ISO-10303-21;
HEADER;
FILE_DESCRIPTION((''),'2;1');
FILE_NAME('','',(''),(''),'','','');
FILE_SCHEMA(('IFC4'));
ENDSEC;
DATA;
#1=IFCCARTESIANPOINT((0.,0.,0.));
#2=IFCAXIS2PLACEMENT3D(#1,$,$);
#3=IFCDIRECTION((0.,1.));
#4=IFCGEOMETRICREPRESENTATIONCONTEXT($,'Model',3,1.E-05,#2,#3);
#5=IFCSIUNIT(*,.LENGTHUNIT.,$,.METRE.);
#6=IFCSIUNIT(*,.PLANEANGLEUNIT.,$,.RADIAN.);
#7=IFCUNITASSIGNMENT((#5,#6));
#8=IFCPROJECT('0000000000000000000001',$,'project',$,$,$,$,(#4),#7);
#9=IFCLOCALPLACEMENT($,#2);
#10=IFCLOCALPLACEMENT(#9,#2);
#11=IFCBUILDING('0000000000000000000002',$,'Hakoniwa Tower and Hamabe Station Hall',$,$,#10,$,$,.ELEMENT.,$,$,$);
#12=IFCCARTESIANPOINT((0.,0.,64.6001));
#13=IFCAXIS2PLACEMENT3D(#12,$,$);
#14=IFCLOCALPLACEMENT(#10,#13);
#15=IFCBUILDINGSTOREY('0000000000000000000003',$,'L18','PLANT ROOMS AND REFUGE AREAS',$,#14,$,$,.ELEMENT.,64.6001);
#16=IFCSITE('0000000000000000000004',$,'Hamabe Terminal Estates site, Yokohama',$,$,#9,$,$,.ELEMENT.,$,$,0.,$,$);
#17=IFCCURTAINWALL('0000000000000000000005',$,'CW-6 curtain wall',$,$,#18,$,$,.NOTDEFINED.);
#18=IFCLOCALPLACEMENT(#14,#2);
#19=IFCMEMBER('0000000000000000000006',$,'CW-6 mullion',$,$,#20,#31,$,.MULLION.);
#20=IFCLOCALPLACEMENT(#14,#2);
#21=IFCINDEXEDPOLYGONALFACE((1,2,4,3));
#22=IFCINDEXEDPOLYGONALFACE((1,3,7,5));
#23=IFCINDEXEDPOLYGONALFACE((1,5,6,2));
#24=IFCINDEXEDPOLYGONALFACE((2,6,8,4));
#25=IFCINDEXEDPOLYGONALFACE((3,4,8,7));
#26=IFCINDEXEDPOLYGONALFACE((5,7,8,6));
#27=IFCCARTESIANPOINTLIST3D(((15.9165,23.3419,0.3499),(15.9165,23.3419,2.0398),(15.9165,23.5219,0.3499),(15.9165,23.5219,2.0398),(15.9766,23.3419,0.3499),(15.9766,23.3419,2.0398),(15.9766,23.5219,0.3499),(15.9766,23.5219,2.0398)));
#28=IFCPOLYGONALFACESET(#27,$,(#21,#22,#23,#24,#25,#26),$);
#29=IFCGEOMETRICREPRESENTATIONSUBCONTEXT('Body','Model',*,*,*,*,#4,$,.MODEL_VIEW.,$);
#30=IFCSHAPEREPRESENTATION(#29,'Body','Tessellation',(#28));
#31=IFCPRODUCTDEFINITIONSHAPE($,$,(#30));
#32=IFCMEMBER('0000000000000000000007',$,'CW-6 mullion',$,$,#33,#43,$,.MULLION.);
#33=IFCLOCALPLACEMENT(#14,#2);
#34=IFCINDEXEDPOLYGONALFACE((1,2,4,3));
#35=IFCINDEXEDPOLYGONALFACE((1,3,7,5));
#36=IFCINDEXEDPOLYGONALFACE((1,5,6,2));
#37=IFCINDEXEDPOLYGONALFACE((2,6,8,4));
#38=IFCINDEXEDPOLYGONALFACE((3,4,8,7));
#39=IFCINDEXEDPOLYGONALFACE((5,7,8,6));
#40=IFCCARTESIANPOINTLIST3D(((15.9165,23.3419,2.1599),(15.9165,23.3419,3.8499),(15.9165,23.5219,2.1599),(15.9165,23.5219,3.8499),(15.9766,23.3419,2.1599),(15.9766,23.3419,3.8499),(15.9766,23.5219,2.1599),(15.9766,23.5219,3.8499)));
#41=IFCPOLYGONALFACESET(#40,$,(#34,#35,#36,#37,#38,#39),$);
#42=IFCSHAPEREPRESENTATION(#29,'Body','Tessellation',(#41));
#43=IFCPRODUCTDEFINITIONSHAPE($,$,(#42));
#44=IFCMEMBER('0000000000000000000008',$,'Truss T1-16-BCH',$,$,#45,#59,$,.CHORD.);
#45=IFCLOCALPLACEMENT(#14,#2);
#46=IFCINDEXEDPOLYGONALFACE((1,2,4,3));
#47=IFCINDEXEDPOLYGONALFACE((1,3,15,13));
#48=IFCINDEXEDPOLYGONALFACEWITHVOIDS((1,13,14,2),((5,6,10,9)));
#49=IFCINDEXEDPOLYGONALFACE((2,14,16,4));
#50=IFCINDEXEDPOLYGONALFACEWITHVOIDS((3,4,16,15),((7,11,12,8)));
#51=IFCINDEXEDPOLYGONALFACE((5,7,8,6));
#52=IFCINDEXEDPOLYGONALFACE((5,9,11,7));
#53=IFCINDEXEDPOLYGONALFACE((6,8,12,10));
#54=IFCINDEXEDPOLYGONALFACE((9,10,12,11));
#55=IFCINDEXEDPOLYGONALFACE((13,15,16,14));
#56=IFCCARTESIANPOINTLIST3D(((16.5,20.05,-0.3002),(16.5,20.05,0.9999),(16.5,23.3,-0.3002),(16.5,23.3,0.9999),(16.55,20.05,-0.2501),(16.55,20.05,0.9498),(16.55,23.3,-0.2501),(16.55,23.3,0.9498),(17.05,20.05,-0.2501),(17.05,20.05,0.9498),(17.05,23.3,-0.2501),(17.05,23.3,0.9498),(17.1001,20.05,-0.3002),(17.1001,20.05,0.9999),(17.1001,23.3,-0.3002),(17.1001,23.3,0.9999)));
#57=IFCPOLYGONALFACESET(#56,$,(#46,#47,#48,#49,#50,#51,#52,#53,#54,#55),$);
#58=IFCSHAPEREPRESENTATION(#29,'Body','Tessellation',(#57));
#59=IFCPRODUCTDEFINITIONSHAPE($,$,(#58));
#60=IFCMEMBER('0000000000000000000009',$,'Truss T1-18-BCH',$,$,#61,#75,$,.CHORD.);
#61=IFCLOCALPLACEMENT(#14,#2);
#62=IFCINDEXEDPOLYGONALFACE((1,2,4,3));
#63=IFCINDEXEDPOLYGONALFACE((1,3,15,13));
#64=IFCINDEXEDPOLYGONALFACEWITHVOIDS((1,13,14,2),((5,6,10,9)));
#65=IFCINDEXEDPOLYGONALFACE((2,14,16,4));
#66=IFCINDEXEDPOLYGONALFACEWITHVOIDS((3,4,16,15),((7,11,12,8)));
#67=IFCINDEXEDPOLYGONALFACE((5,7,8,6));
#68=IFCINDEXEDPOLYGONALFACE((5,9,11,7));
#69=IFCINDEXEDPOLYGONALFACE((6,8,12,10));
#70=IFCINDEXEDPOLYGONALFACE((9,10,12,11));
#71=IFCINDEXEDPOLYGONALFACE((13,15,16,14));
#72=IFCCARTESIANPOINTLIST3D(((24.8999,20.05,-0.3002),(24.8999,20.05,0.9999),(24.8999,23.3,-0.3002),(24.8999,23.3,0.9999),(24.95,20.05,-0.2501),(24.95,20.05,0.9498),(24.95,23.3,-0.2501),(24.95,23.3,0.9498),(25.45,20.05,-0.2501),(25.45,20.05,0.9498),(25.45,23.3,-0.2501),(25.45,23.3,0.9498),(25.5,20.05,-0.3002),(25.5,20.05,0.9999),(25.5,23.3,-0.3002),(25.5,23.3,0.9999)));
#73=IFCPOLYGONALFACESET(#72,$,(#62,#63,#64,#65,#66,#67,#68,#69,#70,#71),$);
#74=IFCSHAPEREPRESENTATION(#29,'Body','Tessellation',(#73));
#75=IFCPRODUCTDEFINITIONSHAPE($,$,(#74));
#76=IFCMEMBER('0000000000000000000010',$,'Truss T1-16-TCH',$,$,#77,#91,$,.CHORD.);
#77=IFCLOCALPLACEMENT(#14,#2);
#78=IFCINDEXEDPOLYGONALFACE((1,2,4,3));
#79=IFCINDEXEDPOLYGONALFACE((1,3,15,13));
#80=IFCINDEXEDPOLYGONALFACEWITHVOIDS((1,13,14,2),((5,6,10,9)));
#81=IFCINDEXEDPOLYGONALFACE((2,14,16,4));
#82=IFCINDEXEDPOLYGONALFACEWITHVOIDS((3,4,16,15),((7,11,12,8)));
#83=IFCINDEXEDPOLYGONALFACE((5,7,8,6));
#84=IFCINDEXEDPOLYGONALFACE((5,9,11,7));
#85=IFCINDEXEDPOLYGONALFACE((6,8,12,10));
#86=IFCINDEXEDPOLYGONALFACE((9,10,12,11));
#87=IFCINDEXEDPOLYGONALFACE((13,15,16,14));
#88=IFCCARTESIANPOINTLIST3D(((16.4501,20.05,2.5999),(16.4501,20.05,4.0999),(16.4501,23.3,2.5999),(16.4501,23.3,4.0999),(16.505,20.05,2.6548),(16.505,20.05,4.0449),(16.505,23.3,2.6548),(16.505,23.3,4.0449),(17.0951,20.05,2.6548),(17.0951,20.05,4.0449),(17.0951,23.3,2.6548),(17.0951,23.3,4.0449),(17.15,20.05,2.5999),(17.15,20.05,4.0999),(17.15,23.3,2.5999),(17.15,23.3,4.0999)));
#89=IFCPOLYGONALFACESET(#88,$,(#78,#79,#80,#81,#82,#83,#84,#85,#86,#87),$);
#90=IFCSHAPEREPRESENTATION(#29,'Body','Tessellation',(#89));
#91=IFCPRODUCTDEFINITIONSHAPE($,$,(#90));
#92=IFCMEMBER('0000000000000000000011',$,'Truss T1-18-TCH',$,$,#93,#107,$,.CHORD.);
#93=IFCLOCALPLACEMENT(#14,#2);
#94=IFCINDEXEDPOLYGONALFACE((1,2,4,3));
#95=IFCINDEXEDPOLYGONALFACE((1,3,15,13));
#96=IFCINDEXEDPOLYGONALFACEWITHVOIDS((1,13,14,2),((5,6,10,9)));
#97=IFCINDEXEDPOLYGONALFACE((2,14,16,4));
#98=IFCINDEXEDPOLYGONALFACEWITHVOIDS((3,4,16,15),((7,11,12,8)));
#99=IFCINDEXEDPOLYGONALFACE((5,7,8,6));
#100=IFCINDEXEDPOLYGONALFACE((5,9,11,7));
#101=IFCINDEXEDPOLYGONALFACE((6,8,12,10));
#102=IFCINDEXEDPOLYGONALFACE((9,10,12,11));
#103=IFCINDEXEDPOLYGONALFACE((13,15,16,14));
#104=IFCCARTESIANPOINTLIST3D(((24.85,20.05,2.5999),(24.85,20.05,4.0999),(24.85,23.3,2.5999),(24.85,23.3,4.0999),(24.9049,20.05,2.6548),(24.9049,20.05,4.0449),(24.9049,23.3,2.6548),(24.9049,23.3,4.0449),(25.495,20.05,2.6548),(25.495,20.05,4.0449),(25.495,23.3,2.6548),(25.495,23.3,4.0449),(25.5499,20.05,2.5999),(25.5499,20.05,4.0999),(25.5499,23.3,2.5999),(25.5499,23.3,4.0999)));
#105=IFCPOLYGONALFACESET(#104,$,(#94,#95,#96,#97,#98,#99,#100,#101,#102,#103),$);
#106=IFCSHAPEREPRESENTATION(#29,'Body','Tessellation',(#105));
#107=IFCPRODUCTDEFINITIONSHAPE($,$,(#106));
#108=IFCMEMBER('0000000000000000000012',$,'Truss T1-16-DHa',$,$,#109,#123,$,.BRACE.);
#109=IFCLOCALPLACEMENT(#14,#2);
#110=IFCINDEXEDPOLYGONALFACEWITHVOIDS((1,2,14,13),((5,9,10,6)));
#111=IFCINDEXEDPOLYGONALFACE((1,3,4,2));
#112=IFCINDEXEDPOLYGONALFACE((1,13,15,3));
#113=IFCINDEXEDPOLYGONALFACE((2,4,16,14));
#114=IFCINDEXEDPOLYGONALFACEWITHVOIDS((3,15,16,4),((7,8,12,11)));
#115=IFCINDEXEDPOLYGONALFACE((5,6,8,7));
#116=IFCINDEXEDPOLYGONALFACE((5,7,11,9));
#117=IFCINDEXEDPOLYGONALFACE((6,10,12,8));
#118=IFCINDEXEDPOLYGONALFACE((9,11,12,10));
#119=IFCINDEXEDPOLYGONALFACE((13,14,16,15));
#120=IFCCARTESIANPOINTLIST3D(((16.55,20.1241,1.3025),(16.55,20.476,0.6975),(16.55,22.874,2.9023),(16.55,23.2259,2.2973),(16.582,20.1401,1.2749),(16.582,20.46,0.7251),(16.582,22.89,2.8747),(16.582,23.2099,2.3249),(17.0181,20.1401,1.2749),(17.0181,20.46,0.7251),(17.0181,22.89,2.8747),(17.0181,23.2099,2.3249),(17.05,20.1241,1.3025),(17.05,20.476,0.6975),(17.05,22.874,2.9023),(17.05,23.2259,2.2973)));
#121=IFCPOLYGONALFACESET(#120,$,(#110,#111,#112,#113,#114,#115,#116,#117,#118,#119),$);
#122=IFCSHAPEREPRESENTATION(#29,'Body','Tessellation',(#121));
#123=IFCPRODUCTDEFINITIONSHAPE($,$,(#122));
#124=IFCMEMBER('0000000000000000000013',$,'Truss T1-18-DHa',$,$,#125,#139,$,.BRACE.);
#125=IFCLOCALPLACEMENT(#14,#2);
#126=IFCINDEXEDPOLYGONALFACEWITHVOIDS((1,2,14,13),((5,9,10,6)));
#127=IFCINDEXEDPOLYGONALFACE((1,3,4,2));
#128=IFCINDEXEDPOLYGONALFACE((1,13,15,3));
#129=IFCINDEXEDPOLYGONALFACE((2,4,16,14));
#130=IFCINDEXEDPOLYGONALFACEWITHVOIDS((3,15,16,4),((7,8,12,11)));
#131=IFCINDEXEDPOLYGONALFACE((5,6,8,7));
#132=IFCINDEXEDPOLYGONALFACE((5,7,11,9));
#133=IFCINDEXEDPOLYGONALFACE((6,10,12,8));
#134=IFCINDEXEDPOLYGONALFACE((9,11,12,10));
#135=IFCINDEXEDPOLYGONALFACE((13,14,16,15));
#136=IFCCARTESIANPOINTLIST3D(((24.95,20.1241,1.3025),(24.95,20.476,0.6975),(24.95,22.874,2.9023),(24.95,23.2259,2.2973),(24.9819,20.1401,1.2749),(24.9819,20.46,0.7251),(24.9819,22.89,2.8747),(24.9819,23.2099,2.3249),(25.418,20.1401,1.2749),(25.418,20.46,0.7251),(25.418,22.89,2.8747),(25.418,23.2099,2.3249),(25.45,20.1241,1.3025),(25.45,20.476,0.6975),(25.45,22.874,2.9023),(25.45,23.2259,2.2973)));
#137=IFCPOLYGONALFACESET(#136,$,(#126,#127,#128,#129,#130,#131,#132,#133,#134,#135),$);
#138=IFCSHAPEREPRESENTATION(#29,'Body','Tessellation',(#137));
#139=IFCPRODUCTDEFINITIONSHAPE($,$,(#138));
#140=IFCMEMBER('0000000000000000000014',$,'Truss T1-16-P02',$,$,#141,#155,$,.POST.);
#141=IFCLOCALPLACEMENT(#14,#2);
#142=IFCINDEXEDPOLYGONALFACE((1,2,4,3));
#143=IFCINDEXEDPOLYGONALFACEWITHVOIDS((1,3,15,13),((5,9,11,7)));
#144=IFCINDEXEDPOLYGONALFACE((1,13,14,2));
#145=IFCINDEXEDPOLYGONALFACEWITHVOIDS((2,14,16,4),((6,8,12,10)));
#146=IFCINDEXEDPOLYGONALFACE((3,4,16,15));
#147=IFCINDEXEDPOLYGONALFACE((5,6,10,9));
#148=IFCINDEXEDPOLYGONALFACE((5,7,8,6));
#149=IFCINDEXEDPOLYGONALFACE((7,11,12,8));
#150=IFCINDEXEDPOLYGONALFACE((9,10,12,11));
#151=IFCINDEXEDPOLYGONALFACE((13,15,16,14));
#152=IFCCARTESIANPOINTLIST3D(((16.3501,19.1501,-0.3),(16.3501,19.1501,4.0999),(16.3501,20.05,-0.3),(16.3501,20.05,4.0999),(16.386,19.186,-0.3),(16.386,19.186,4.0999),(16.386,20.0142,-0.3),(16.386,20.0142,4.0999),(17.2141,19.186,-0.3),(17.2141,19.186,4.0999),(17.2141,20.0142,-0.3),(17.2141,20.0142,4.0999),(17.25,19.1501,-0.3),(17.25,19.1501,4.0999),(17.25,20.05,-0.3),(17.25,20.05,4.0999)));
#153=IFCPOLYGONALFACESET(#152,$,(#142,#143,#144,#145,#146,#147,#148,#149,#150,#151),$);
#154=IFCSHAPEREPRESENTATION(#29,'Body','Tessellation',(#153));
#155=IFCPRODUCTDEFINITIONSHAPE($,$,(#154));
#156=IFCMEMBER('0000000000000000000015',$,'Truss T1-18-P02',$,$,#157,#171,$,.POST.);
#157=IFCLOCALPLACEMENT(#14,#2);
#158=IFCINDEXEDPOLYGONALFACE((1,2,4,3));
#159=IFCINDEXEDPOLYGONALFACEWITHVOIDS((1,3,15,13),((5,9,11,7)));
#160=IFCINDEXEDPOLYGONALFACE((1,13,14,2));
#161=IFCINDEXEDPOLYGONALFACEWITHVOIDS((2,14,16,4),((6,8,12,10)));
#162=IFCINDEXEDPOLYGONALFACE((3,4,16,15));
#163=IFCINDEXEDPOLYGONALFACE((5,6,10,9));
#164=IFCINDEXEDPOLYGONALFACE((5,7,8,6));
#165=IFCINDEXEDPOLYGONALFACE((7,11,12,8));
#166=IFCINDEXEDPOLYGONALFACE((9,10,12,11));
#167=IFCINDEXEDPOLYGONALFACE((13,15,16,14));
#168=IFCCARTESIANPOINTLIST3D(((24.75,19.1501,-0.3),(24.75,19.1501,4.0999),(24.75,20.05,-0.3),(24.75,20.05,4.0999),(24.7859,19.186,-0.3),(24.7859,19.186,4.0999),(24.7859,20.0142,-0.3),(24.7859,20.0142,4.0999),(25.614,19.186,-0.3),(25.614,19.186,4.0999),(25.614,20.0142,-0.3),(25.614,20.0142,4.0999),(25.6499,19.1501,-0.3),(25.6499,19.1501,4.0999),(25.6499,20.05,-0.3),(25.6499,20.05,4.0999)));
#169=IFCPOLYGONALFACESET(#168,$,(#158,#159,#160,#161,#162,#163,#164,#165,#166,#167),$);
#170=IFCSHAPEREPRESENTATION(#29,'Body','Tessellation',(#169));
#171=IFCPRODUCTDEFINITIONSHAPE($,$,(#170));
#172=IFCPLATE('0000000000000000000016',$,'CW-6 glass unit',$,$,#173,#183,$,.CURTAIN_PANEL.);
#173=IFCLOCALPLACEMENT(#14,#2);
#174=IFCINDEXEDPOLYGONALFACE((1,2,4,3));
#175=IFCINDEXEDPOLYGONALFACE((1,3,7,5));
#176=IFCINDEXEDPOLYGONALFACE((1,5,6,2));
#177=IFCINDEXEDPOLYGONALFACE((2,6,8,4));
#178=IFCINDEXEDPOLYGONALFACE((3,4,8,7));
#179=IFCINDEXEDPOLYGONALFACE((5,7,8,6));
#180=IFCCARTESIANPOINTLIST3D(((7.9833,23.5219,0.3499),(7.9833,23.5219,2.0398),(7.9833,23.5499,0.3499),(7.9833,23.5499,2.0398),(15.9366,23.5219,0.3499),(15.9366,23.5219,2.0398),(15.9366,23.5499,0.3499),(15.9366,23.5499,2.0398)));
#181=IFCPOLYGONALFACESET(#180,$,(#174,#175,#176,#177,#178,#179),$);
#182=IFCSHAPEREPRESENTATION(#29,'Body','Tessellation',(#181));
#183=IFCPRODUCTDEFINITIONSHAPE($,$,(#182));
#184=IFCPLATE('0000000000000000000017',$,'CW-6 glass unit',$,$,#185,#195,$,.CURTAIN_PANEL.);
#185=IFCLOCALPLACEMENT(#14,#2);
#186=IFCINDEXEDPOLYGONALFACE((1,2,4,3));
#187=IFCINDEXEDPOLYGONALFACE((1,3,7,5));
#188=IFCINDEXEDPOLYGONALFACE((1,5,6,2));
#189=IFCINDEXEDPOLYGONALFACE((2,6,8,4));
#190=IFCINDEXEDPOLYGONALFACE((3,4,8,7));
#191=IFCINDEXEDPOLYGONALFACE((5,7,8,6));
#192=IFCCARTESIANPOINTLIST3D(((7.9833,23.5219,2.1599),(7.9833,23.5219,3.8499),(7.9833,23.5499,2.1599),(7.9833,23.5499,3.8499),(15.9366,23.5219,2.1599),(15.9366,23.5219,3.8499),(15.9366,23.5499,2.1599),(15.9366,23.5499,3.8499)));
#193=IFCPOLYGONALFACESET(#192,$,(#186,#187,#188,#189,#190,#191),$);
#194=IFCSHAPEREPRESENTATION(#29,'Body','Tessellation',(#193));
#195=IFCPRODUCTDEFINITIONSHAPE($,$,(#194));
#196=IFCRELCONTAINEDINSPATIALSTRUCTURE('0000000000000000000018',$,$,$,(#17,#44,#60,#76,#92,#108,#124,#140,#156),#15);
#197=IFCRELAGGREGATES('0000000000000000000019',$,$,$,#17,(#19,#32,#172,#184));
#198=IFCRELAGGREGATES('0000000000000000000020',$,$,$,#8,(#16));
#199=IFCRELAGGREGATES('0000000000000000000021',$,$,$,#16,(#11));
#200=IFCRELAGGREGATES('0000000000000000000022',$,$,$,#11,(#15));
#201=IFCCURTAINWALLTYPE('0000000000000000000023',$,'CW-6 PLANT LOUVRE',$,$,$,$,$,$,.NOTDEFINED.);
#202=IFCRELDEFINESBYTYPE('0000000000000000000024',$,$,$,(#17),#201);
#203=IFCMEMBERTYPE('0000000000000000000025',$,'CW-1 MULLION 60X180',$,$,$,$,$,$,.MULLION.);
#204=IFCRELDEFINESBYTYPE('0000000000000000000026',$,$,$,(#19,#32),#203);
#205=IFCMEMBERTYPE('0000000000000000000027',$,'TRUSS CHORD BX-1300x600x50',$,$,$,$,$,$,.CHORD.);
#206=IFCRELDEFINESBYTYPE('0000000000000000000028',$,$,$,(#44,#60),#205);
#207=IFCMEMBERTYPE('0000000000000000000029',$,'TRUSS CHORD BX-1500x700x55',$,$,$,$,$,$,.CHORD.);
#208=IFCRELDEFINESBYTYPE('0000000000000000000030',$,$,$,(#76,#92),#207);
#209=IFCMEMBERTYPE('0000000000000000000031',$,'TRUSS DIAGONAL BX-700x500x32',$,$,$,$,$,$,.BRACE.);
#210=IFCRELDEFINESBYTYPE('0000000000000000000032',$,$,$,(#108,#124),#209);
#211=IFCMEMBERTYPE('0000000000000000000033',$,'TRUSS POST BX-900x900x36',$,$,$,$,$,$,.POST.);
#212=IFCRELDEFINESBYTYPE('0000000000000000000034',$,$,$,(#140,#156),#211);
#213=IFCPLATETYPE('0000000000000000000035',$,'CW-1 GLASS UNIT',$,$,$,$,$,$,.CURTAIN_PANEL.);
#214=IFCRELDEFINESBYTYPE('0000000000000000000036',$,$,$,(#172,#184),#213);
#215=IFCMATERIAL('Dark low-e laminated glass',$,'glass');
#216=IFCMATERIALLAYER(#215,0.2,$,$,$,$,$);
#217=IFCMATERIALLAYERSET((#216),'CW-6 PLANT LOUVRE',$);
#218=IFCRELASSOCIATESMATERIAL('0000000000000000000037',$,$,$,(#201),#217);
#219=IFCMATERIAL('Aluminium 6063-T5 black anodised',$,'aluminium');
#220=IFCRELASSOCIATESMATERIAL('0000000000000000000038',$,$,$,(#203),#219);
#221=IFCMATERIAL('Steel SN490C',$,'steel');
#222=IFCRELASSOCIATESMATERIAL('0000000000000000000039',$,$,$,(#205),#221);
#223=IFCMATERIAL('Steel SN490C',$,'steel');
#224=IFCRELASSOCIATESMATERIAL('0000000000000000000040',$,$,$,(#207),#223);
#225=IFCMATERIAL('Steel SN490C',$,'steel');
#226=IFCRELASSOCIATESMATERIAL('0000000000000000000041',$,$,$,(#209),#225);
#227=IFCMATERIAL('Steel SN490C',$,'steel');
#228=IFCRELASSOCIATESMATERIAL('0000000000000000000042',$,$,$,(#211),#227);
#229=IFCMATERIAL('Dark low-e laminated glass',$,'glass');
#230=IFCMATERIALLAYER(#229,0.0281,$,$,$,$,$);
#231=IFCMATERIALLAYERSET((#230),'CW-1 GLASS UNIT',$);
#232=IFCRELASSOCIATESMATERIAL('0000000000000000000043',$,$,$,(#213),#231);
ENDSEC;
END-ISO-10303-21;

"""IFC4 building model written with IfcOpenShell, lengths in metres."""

from ifc_helpers import new_model, si_unit, direction, frame, origin, origin_2d, place, context, subcontext, project, spatial, rectangle, hollow_rectangle, extrude, material, layer, layer_set, material_profile, profile_set, type_object, element, aggregate, save


model = new_model("IFC4")

# Units and contexts
model_context = context("Model", 3, precision=1e-05, world=origin(), true_north=direction((0.0, 1.0)))
body_context = subcontext(model_context, "Body", "Model", "MODEL_VIEW")
ifc_project = project(units=[si_unit("LENGTHUNIT", "METRE"), si_unit("PLANEANGLEUNIT", "RADIAN")], contexts=[model_context])

# Site, building, storey
site_placement = place(None, origin())
site = spatial("IfcSite", under=ifc_project, at=site_placement, Name="Hamabe Terminal Estates site, Yokohama", CompositionType="ELEMENT", RefElevation=0.0)
building_placement = place(site_placement, origin())
building = spatial("IfcBuilding", under=site, at=building_placement, Name="Hakoniwa Tower and Hamabe Station Hall", CompositionType="ELEMENT")
storey_placement = place(building_placement, frame((0.0, 0.0, 64.6001)))
storey = spatial("IfcBuildingStorey", under=building, at=storey_placement, Name="L18", Description="PLANT ROOMS AND REFUGE AREAS", CompositionType="ELEMENT", Elevation=64.6001)

# Curtain wall, members
ifc_material_1 = material(Name="Dark low-e laminated glass", Category="glass")
ifc_layer_1 = layer(ifc_material_1, 0.2)
ifc_layer_set_1 = layer_set([ifc_layer_1], Name="CW-6 PLANT LOUVRE")
curtain_wall_type = type_object("IfcCurtainWallType", Name="CW-6 PLANT LOUVRE", PredefinedType="NOTDEFINED", material=ifc_layer_set_1)
curtain_wall_placement = place(storey_placement, origin())
curtain_wall = element("IfcCurtainWall", 1, at=curtain_wall_placement, inside=storey, type_object=curtain_wall_type, Name="CW-6 curtain wall", PredefinedType="NOTDEFINED")
ifc_material_2 = material(Name="Aluminium 6063-T5 black anodised", Category="aluminium")
ifc_material_profile_1 = material_profile(ifc_material_2, rectangle(XDim=0.0601, YDim=0.1799, at=origin_2d()), Name="CW-1 MULLION 60X180")
ifc_profile_set_1 = profile_set([ifc_material_profile_1], Name="Aluminium 6063-T5 black anodised")
member_type_1 = type_object("IfcMemberType", Name="CW-1 MULLION 60X180", PredefinedType="MULLION", material=ifc_profile_set_1)
member_1_placement = place(storey_placement, frame((15.9465, 23.4319, 0.3499), z_axis=(0.0, 0.0, 1.0), x_axis=(-1.0, 0.0, 0.0)))
member_1 = element("IfcMember", 2, at=member_1_placement, type_object=member_type_1, Name="CW-6 mullion", PredefinedType="MULLION", context=body_context, shape_type="SweptSolid", body=[
    extrude(rectangle(XDim=0.0601, YDim=0.1799, at=origin_2d()), origin(), (0.0, 0.0, 1.0), 1.6899),
])
member_2_placement = place(storey_placement, frame((15.9465, 23.4319, 2.1599), z_axis=(0.0, 0.0, 1.0), x_axis=(-1.0, 0.0, 0.0)))
member_2 = element("IfcMember", 3, at=member_2_placement, type_object=member_type_1, Name="CW-6 mullion", PredefinedType="MULLION", context=body_context, shape_type="SweptSolid", body=[
    extrude(rectangle(XDim=0.0601, YDim=0.1799, at=origin_2d()), origin(), (0.0, 0.0, 1.0), 1.6899),
])

# Members
ifc_material_3 = material(Name="Steel SN490C", Category="steel")
ifc_material_profile_2 = material_profile(ifc_material_3, hollow_rectangle(XDim=0.6001, YDim=1.3, WallThickness=0.05, at=origin_2d()), Name="BX-1300x600x50")
ifc_profile_set_2 = profile_set([ifc_material_profile_2], Name="Steel SN490C")
member_type_2 = type_object("IfcMemberType", Name="TRUSS CHORD BX-1300x600x50", PredefinedType="CHORD", material=ifc_profile_set_2)
for number, where, z_axis, x_axis, name in (
    (4, (16.8, 20.05, 0.3499), (0.0, 1.0, 0.0), (-1.0, 0.0, 0.0), "Truss T1-16-BCH"),
    (5, (25.2, 20.05, 0.3499), (0.0, 1.0, 0.0), (-1.0, 0.0, 0.0), "Truss T1-18-BCH"),
):
    element("IfcMember", number, at=place(storey_placement, frame(where, z_axis=z_axis, x_axis=x_axis)), inside=storey, type_object=member_type_2, Name=name, PredefinedType="CHORD", context=body_context, shape_type="SweptSolid", body=[
        extrude(hollow_rectangle(XDim=0.6001, YDim=1.3, WallThickness=0.05, at=origin_2d()), origin(), (0.0, 0.0, 1.0), 3.25),
    ])
ifc_material_4 = material(Name="Steel SN490C", Category="steel")
ifc_material_profile_3 = material_profile(ifc_material_4, hollow_rectangle(XDim=0.7, YDim=1.5, WallThickness=0.0549, at=origin_2d()), Name="BX-1500x700x55")
ifc_profile_set_3 = profile_set([ifc_material_profile_3], Name="Steel SN490C")
member_type_3 = type_object("IfcMemberType", Name="TRUSS CHORD BX-1500x700x55", PredefinedType="CHORD", material=ifc_profile_set_3)
for number, where, z_axis, x_axis, name in (
    (6, (16.8, 20.05, 3.3499), (0.0, 1.0, 0.0), (-1.0, 0.0, 0.0), "Truss T1-16-TCH"),
    (7, (25.2, 20.05, 3.3499), (0.0, 1.0, 0.0), (-1.0, 0.0, 0.0), "Truss T1-18-TCH"),
):
    element("IfcMember", number, at=place(storey_placement, frame(where, z_axis=z_axis, x_axis=x_axis)), inside=storey, type_object=member_type_3, Name=name, PredefinedType="CHORD", context=body_context, shape_type="SweptSolid", body=[
        extrude(hollow_rectangle(XDim=0.7, YDim=1.5, WallThickness=0.0549, at=origin_2d()), origin(), (0.0, 0.0, 1.0), 3.25),
    ])
ifc_material_5 = material(Name="Steel SN490C", Category="steel")
ifc_material_profile_4 = material_profile(ifc_material_5, hollow_rectangle(XDim=0.5, YDim=0.7, WallThickness=0.032, at=origin_2d()), Name="BX-700x500x32")
ifc_profile_set_4 = profile_set([ifc_material_profile_4], Name="Steel SN490C")
member_type_4 = type_object("IfcMemberType", Name="TRUSS DIAGONAL BX-700x500x32", PredefinedType="BRACE", material=ifc_profile_set_4)
for number, where, z_axis, x_axis, name in (
    (8, (16.8, 20.3, 1.0), (0.0, 0.864368, 0.502859), (-1.0, 0.0, 0.0), "Truss T1-16-DHa"),
    (9, (25.2, 20.3, 1.0), (0.0, 0.864368, 0.502859), (-1.0, 0.0, 0.0), "Truss T1-18-DHa"),
):
    element("IfcMember", number, at=place(storey_placement, frame(where, z_axis=z_axis, x_axis=x_axis)), inside=storey, type_object=member_type_4, Name=name, PredefinedType="BRACE", context=body_context, shape_type="SweptSolid", body=[
        extrude(hollow_rectangle(XDim=0.5, YDim=0.7, WallThickness=0.032, at=origin_2d()), origin(), (0.0, 0.0, 1.0), 3.1814),
    ])
ifc_material_6 = material(Name="Steel SN490C", Category="steel")
ifc_material_profile_5 = material_profile(ifc_material_6, hollow_rectangle(XDim=0.8999, YDim=0.8999, WallThickness=0.0359, at=origin_2d()), Name="BX-900x900x36")
ifc_profile_set_5 = profile_set([ifc_material_profile_5], Name="Steel SN490C")
member_type_5 = type_object("IfcMemberType", Name="TRUSS POST BX-900x900x36", PredefinedType="POST", material=ifc_profile_set_5)
for number, where, z_axis, x_axis, name in (
    (10, (16.8, 19.6001, -0.3), (0.0, 0.0, 1.0), (1.0, 0.0, 0.0), "Truss T1-16-P02"),
    (11, (25.2, 19.6001, -0.3), (0.0, 0.0, 1.0), (1.0, 0.0, 0.0), "Truss T1-18-P02"),
):
    element("IfcMember", number, at=place(storey_placement, frame(where, z_axis=z_axis, x_axis=x_axis)), inside=storey, type_object=member_type_5, Name=name, PredefinedType="POST", context=body_context, shape_type="SweptSolid", body=[
        extrude(hollow_rectangle(XDim=0.8999, YDim=0.8999, WallThickness=0.0359, at=origin_2d()), origin(), (0.0, 0.0, 1.0), 4.3999),
    ])

# Plates
ifc_material_7 = material(Name="Dark low-e laminated glass", Category="glass")
ifc_layer_2 = layer(ifc_material_7, 0.0281)
ifc_layer_set_2 = layer_set([ifc_layer_2], Name="CW-1 GLASS UNIT")
plate_type = type_object("IfcPlateType", Name="CW-1 GLASS UNIT", PredefinedType="CURTAIN_PANEL", material=ifc_layer_set_2)
plate_1_placement = place(storey_placement, frame((11.96, 23.5359, 0.3499), z_axis=(0.0, 0.0, 1.0), x_axis=(-1.0, 0.0, 0.0)))
plate_1 = element("IfcPlate", 12, at=plate_1_placement, type_object=plate_type, Name="CW-6 glass unit", PredefinedType="CURTAIN_PANEL", context=body_context, shape_type="SweptSolid", body=[
    extrude(rectangle(XDim=7.9534, YDim=0.0281, at=origin_2d()), origin(), (0.0, 0.0, 1.0), 1.6899),
])
plate_2_placement = place(storey_placement, frame((11.96, 23.5359, 2.1599), z_axis=(0.0, 0.0, 1.0), x_axis=(-1.0, 0.0, 0.0)))
plate_2 = element("IfcPlate", 13, at=plate_2_placement, type_object=plate_type, Name="CW-6 glass unit", PredefinedType="CURTAIN_PANEL", context=body_context, shape_type="SweptSolid", body=[
    extrude(rectangle(XDim=7.9534, YDim=0.0281, at=origin_2d()), origin(), (0.0, 0.0, 1.0), 1.6899),
])

aggregate(curtain_wall, [member_1, member_2, plate_1, plate_2])

save(model, "model.ifc")
